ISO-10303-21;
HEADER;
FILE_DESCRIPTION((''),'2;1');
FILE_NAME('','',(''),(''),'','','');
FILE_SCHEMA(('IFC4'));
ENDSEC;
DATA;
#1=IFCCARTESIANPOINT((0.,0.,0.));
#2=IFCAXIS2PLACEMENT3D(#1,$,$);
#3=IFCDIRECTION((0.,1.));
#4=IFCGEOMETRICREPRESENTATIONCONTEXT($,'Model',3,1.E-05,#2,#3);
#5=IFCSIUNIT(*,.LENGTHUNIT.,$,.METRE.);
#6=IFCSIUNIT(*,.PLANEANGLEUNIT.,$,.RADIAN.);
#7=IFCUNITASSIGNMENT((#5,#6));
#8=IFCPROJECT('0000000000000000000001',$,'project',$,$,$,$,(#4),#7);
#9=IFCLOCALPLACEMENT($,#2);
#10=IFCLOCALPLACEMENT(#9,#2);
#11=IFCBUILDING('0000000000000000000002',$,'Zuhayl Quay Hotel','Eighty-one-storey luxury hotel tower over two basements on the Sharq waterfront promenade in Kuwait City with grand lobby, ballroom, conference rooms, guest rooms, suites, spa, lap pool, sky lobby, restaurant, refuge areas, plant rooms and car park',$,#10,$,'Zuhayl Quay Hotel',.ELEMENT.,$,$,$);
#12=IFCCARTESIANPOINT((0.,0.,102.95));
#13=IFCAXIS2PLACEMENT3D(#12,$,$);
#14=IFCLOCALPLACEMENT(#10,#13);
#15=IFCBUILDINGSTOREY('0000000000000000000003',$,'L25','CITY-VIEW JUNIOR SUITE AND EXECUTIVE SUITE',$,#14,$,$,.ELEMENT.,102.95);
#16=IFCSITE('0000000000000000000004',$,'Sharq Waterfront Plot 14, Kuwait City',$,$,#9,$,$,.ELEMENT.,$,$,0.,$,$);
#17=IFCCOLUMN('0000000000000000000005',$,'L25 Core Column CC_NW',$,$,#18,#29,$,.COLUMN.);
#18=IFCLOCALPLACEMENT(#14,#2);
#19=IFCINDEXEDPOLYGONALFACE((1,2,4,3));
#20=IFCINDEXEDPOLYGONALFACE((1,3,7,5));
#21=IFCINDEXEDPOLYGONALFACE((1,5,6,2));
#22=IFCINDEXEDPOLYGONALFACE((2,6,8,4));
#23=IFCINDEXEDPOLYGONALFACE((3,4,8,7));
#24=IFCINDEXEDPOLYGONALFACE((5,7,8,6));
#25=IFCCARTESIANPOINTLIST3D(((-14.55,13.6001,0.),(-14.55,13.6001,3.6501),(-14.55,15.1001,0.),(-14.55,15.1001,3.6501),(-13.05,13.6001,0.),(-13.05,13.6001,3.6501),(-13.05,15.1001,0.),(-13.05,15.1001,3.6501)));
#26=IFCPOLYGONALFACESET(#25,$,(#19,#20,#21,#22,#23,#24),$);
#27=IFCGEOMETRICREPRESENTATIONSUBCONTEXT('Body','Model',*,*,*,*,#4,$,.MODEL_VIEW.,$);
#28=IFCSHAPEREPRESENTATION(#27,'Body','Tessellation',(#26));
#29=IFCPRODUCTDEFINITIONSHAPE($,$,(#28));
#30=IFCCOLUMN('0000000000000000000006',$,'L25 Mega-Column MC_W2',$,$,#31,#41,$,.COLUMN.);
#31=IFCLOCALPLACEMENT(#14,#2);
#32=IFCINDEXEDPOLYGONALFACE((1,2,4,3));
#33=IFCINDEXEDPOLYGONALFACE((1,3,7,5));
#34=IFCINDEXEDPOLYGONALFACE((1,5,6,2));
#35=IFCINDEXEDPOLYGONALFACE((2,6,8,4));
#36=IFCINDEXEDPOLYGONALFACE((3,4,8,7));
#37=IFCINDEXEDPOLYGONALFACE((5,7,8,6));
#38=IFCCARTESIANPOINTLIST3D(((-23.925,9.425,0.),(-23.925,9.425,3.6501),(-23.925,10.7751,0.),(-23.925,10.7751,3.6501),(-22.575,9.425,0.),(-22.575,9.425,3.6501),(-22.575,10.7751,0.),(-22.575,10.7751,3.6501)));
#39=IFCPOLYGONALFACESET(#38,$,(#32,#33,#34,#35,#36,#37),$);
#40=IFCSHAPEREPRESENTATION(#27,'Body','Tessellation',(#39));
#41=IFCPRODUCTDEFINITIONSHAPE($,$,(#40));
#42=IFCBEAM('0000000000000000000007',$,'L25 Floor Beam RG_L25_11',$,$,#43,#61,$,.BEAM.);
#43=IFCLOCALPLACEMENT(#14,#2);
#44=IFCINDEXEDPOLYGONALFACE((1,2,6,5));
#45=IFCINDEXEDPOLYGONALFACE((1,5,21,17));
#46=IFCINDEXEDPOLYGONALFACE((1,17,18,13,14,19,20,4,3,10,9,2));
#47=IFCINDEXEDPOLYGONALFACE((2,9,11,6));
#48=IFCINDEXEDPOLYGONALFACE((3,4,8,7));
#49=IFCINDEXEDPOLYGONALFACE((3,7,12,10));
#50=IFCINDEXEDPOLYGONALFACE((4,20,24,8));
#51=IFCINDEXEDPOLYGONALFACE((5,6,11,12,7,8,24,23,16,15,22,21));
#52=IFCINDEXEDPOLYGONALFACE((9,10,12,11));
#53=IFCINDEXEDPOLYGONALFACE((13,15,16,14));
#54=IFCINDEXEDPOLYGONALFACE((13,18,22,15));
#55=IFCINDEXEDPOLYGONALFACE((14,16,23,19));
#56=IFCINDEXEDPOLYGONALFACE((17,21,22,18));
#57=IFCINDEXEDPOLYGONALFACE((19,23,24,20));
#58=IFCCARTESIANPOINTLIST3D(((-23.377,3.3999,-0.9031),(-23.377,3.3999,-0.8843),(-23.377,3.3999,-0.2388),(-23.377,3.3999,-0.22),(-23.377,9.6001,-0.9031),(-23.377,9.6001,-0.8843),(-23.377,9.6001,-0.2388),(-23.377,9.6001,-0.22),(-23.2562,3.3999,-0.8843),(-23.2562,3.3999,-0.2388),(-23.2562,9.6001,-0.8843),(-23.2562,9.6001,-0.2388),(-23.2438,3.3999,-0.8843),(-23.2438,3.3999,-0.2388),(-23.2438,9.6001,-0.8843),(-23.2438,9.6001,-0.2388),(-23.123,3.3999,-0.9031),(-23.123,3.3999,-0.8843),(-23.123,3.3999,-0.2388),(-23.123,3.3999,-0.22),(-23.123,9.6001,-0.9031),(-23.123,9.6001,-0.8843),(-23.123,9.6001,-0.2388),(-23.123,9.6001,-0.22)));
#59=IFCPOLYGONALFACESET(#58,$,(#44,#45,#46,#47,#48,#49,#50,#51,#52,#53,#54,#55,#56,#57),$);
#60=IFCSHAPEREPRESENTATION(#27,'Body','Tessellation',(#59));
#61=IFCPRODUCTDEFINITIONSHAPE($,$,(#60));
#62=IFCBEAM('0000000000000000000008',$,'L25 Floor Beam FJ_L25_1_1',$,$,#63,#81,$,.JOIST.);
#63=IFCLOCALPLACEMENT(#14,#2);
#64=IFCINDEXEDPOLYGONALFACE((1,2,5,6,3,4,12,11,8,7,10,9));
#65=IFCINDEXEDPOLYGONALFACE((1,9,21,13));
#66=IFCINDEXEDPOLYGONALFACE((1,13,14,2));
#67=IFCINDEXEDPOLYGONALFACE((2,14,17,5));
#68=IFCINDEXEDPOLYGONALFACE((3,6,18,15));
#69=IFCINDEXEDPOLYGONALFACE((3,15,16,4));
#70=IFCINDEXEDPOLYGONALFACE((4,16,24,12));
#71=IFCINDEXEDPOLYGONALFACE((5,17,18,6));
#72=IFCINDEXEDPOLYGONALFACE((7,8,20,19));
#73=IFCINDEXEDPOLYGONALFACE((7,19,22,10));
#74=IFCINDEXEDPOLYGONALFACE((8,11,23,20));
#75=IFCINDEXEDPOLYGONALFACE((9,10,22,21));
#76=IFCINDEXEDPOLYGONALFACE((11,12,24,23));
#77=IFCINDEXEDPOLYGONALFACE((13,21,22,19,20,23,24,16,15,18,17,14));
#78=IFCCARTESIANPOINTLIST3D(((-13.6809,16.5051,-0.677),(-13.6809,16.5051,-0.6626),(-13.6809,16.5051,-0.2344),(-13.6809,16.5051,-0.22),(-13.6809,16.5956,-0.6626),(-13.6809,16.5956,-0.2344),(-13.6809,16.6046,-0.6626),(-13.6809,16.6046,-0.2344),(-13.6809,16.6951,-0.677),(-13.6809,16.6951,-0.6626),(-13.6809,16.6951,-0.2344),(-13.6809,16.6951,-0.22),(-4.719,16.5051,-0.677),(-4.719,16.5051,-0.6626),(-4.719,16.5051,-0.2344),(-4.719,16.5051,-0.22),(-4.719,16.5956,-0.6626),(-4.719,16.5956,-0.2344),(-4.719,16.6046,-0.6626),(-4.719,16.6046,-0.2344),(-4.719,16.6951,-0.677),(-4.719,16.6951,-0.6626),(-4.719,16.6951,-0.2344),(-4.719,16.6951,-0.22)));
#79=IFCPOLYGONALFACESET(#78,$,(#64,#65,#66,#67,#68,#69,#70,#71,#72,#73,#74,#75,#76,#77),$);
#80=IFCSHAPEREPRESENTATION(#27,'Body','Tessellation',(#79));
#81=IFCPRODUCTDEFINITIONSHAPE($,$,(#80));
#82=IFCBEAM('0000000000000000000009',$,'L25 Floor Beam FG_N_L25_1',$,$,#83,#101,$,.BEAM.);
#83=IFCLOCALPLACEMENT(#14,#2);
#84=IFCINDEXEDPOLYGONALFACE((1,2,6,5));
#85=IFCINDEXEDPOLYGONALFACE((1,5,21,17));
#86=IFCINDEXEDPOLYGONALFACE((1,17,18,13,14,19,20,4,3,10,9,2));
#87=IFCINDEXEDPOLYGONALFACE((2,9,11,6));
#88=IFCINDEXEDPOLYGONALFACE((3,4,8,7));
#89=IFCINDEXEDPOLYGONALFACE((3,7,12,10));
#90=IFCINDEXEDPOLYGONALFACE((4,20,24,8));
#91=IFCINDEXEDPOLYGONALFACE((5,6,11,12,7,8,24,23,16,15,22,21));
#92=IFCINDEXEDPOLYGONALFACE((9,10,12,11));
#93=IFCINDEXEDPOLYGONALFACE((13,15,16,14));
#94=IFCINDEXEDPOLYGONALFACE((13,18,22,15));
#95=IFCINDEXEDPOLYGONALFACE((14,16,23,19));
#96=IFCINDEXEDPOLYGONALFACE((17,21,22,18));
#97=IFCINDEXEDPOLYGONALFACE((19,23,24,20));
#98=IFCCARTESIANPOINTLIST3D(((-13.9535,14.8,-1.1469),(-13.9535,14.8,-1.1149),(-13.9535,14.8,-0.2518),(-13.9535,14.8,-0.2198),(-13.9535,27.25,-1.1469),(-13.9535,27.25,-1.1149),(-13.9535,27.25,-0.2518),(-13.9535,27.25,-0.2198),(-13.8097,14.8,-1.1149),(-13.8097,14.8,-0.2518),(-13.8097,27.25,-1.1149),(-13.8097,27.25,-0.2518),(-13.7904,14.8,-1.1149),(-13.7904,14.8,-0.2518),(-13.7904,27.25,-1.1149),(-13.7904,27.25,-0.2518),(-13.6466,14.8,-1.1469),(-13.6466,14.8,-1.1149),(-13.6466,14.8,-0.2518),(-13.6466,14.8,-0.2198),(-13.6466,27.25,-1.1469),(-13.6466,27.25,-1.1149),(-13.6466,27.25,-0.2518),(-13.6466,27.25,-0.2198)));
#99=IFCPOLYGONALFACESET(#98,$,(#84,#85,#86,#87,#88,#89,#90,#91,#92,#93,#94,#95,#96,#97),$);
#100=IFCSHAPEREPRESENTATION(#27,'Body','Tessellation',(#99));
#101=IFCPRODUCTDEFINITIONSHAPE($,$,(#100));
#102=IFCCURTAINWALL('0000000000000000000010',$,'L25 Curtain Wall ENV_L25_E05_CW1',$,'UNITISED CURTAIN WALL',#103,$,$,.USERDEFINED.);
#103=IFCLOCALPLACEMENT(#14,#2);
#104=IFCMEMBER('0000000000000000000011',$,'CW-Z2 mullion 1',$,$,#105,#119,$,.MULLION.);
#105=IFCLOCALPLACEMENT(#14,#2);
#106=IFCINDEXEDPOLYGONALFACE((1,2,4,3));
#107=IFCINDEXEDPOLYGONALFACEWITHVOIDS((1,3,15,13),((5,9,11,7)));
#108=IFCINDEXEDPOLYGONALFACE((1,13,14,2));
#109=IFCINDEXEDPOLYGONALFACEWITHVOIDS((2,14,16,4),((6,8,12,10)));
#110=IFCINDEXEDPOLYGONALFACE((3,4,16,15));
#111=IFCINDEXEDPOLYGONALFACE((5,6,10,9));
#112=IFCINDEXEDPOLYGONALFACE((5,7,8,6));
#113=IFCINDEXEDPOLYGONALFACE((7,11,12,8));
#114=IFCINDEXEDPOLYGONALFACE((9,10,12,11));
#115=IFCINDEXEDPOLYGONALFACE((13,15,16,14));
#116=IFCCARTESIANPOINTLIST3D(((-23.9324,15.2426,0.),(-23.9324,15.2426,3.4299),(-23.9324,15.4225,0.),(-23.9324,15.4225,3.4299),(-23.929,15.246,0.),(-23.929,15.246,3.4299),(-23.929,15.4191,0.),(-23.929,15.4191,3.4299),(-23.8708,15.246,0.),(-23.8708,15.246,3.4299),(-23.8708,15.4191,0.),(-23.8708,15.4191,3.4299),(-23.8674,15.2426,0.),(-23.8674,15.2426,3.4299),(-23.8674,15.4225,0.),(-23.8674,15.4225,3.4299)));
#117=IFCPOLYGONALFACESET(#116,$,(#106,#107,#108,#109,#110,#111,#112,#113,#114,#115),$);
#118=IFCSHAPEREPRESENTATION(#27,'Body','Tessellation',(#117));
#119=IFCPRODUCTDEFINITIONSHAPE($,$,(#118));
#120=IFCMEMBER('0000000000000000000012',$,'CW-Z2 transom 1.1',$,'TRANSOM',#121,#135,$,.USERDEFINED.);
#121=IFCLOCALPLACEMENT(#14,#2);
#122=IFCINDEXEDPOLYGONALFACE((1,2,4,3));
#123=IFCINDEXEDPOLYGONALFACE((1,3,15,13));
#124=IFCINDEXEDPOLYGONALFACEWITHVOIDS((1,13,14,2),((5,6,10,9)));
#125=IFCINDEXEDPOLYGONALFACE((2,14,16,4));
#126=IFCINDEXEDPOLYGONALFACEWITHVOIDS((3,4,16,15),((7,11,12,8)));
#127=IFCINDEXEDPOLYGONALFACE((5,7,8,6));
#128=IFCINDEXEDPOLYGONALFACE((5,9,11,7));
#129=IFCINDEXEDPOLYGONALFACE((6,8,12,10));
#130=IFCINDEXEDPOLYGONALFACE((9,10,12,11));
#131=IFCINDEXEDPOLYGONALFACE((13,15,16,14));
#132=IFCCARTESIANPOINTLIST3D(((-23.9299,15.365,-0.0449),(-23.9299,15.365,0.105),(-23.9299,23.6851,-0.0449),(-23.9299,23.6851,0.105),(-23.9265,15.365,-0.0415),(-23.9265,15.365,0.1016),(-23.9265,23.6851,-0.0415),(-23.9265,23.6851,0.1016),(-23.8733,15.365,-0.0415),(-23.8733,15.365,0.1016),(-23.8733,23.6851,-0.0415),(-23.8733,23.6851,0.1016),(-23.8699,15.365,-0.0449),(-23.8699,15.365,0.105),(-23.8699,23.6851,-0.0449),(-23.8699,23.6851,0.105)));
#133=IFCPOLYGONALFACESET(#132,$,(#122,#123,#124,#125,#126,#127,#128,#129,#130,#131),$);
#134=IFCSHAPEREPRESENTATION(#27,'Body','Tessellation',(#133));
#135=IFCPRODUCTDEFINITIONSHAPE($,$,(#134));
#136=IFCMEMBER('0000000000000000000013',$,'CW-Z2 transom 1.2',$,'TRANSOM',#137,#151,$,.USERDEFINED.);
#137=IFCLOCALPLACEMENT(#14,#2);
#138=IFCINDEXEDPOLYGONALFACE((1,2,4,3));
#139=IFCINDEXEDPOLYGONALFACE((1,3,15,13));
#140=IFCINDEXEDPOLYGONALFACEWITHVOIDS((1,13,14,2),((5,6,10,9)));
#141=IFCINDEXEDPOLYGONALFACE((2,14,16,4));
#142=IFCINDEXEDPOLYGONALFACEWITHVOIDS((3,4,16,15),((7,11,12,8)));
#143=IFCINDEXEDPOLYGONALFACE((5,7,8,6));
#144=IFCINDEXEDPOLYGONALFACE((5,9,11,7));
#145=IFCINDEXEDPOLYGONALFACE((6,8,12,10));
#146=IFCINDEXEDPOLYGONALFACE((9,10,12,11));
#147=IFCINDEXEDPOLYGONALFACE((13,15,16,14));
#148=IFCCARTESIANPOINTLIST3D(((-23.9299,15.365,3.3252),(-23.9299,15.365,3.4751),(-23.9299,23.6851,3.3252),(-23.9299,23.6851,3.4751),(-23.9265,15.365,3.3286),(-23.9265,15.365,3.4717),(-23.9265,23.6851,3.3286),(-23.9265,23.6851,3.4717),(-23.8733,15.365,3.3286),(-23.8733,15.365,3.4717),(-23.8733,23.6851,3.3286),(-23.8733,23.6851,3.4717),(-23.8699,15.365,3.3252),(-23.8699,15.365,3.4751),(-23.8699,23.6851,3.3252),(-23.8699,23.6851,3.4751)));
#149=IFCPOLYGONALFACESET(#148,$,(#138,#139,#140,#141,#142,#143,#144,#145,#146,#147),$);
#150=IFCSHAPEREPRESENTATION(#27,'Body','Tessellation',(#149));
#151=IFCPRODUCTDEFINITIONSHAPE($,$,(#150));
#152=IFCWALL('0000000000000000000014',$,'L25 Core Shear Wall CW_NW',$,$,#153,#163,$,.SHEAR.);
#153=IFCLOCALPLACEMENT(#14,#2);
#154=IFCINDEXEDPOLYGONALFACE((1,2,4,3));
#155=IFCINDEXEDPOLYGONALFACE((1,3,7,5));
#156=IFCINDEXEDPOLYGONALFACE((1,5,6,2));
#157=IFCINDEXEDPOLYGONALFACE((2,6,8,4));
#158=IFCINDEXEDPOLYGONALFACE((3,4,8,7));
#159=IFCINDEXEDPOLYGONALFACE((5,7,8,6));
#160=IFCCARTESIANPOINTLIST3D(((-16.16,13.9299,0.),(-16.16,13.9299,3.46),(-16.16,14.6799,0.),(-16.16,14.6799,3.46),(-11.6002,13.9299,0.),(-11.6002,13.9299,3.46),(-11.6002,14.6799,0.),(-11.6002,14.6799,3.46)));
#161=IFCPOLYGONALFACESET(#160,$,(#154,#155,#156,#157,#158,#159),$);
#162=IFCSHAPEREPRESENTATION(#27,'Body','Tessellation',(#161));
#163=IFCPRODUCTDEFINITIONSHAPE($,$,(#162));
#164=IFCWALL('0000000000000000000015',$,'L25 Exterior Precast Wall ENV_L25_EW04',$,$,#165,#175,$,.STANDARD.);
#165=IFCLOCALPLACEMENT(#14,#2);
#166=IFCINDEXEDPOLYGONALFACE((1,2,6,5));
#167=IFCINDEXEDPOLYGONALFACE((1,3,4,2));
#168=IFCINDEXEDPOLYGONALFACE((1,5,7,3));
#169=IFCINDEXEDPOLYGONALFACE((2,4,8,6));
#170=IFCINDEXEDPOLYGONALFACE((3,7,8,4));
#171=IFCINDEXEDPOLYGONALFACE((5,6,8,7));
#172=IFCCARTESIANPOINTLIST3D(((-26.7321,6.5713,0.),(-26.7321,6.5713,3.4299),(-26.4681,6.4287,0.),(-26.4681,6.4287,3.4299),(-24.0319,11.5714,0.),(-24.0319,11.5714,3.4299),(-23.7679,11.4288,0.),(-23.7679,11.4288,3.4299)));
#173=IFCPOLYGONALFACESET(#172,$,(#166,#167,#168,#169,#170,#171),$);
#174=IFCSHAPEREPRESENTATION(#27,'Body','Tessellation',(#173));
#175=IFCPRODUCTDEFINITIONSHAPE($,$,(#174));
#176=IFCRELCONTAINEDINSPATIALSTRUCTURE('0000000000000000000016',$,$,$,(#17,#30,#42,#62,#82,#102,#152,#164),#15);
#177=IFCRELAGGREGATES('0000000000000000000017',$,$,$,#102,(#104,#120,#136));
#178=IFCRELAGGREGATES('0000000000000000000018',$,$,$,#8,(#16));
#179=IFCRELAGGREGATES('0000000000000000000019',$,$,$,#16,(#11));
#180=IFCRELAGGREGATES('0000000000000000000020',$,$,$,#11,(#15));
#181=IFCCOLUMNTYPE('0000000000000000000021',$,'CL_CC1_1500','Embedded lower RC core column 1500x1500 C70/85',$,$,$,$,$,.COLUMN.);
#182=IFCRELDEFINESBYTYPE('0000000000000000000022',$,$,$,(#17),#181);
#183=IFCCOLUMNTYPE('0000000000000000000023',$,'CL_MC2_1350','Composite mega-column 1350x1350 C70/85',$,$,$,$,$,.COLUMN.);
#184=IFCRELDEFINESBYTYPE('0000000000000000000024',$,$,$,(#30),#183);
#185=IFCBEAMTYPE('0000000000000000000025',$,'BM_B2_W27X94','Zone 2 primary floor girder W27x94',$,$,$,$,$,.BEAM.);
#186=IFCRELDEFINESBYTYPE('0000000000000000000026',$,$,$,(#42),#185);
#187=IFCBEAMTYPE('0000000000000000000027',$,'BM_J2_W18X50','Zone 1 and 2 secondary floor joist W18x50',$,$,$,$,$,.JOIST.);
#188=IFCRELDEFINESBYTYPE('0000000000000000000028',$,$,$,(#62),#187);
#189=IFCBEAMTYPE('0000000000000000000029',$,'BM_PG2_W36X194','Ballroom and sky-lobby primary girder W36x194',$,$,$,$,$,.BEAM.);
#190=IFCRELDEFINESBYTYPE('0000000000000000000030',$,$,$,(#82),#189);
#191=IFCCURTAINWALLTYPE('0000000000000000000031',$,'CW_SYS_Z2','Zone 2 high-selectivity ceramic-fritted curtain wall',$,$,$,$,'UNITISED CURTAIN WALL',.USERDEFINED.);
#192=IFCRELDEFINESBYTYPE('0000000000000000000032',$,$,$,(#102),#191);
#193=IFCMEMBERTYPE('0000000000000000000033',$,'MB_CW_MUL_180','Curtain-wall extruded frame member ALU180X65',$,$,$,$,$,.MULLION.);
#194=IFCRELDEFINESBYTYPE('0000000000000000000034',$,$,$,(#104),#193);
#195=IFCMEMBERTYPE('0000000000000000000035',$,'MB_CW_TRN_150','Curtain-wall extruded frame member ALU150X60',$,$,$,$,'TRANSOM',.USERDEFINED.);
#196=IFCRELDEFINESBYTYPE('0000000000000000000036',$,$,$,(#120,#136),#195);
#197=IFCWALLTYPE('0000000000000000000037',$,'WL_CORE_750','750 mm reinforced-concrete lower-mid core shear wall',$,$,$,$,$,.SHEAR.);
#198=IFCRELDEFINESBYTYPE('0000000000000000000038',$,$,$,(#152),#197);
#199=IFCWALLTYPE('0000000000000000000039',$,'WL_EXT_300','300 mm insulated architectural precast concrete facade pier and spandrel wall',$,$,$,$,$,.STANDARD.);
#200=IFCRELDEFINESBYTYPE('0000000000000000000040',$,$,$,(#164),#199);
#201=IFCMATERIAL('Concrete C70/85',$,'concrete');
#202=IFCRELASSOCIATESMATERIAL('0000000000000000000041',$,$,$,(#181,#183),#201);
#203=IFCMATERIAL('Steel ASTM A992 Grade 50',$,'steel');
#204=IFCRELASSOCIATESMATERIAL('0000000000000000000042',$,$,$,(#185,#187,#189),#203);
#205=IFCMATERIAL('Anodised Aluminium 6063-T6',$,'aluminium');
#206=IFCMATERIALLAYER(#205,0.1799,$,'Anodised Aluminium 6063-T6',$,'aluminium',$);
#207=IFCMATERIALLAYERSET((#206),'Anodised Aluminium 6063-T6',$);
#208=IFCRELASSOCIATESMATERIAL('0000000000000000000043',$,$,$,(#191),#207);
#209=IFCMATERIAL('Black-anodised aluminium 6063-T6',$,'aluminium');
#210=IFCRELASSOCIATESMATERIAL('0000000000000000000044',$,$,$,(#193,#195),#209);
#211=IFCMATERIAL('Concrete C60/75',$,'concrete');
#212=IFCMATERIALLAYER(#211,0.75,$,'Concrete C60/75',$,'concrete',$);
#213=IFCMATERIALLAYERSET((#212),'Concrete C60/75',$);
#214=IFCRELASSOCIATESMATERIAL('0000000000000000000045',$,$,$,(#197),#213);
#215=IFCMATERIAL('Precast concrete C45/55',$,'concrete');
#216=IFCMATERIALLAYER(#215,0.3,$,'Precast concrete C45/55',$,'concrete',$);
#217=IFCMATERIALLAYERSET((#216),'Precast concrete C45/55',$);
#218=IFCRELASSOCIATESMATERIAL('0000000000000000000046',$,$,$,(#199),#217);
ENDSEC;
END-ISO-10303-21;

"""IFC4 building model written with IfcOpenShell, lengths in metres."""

from ifc_helpers import new_model, si_unit, direction, frame, frame_2d, origin, origin_2d, place, context, subcontext, project, spatial, rectangle, hollow_rectangle, i_section, extrude, material, layer, layer_set, material_profile, profile_set, type_object, element, aggregate, save


model = new_model("IFC4")

# Units and contexts
model_context = context("Model", 3, precision=1e-05, world=origin(), true_north=direction((0.0, 1.0)))
body_context = subcontext(model_context, "Body", "Model", "MODEL_VIEW")
ifc_project = project(units=[si_unit("LENGTHUNIT", "METRE"), si_unit("PLANEANGLEUNIT", "RADIAN")], contexts=[model_context])

# Site, building, storey
site_placement = place(None, origin())
site = spatial("IfcSite", under=ifc_project, at=site_placement, Name="Sharq Waterfront Plot 14, Kuwait City", CompositionType="ELEMENT", RefElevation=0.0)
building_placement = place(site_placement, origin())
building = spatial("IfcBuilding", under=site, at=building_placement, Name="Zuhayl Quay Hotel", Description="Eighty-one-storey luxury hotel tower over two basements on the Sharq waterfront promenade in Kuwait City with grand lobby, ballroom, conference rooms, guest rooms, suites, spa, lap pool, sky lobby, restaurant, refuge areas, plant rooms and car park", LongName="Zuhayl Quay Hotel", CompositionType="ELEMENT")
storey_placement = place(building_placement, frame((0.0, 0.0, 102.95)))
storey = spatial("IfcBuildingStorey", under=building, at=storey_placement, Name="L25", Description="CITY-VIEW JUNIOR SUITE AND EXECUTIVE SUITE", CompositionType="ELEMENT", Elevation=102.95)

# Columns
ifc_material_1 = material(Name="Concrete C70/85", Category="concrete")
ifc_material_profile_1 = material_profile(ifc_material_1, rectangle(XDim=1.5, YDim=1.5, at=origin_2d()), Name="RC1500X1500")
ifc_profile_set_1 = profile_set([ifc_material_profile_1], Name="Concrete C70/85")
column_type_1 = type_object("IfcColumnType", Name="CL_CC1_1500", Description="Embedded lower RC core column 1500x1500 C70/85", PredefinedType="COLUMN", material=ifc_profile_set_1)
column_1_placement = place(storey_placement, frame((-13.8, 14.3501, 0.0), z_axis=(0.0, 0.0, 1.0), x_axis=(1.0, 0.0, 0.0)))
element("IfcColumn", 1, at=column_1_placement, inside=storey, type_object=column_type_1, Name="L25 Core Column CC_NW", PredefinedType="COLUMN", context=body_context, shape_type="SweptSolid", body=[
    extrude(rectangle(XDim=1.5, YDim=1.5, at=origin_2d()), origin(), (0.0, 0.0, 1.0), 3.6501),
])
ifc_material_profile_2 = material_profile(ifc_material_1, rectangle(XDim=1.3501, YDim=1.3501, at=origin_2d()), Name="RC1350X1350")
ifc_profile_set_2 = profile_set([ifc_material_profile_2], Name="Concrete C70/85")
column_type_2 = type_object("IfcColumnType", Name="CL_MC2_1350", Description="Composite mega-column 1350x1350 C70/85", PredefinedType="COLUMN", material=ifc_profile_set_2)
column_2_placement = place(storey_placement, frame((-23.25, 10.1001, 0.0), z_axis=(0.0, 0.0, 1.0), x_axis=(1.0, 0.0, 0.0)))
element("IfcColumn", 2, at=column_2_placement, inside=storey, type_object=column_type_2, Name="L25 Mega-Column MC_W2", PredefinedType="COLUMN", context=body_context, shape_type="SweptSolid", body=[
    extrude(rectangle(XDim=1.3501, YDim=1.3501, at=origin_2d()), origin(), (0.0, 0.0, 1.0), 3.6501),
])

# Beams
ifc_material_2 = material(Name="Steel ASTM A992 Grade 50", Category="steel")
ifc_material_profile_3 = material_profile(ifc_material_2, i_section(OverallWidth=0.2539, OverallDepth=0.6831, WebThickness=0.0125, FlangeThickness=0.0188, at=origin_2d()), Name="W27X94")
ifc_profile_set_3 = profile_set([ifc_material_profile_3], Name="Steel ASTM A992 Grade 50")
beam_type_1 = type_object("IfcBeamType", Name="BM_B2_W27X94", Description="Zone 2 primary floor girder W27x94", PredefinedType="BEAM", material=ifc_profile_set_3)
beam_1_placement = place(storey_placement, frame((-23.25, 9.6001, -0.5615), z_axis=(0.0, -1.0, 0.0), x_axis=(1.0, 0.0, 0.0)))
element("IfcBeam", 3, at=beam_1_placement, inside=storey, type_object=beam_type_1, Name="L25 Floor Beam RG_L25_11", PredefinedType="BEAM", context=body_context, shape_type="SweptSolid", body=[
    extrude(i_section(OverallWidth=0.2539, OverallDepth=0.6831, WebThickness=0.0125, FlangeThickness=0.0188, at=origin_2d()), origin(), (0.0, 0.0, 1.0), 6.2002),
])
ifc_material_profile_4 = material_profile(ifc_material_2, i_section(OverallWidth=0.1899, OverallDepth=0.457, WebThickness=0.009, FlangeThickness=0.0144, at=origin_2d()), Name="W18X50")
ifc_profile_set_4 = profile_set([ifc_material_profile_4], Name="Steel ASTM A992 Grade 50")
beam_type_2 = type_object("IfcBeamType", Name="BM_J2_W18X50", Description="Zone 1 and 2 secondary floor joist W18x50", PredefinedType="JOIST", material=ifc_profile_set_4)
beam_2_placement = place(storey_placement, frame((-13.6809, 16.6001, -0.4485), z_axis=(1.0, 0.0, 0.0), x_axis=(0.0, 1.0, 0.0)))
element("IfcBeam", 4, at=beam_2_placement, inside=storey, type_object=beam_type_2, Name="L25 Floor Beam FJ_L25_1_1", PredefinedType="JOIST", context=body_context, shape_type="SweptSolid", body=[
    extrude(i_section(OverallWidth=0.1899, OverallDepth=0.457, WebThickness=0.009, FlangeThickness=0.0144, at=origin_2d()), origin(), (0.0, 0.0, 1.0), 8.9619),
])
ifc_material_profile_5 = material_profile(ifc_material_2, i_section(OverallWidth=0.3069, OverallDepth=0.927, WebThickness=0.0193, FlangeThickness=0.032, at=origin_2d()), Name="W36X194")
ifc_profile_set_5 = profile_set([ifc_material_profile_5], Name="Steel ASTM A992 Grade 50")
beam_type_3 = type_object("IfcBeamType", Name="BM_PG2_W36X194", Description="Ballroom and sky-lobby primary girder W36x194", PredefinedType="BEAM", material=ifc_profile_set_5)
beam_3_placement = place(storey_placement, frame((-13.8, 14.8, -0.6833), z_axis=(0.0, 1.0, 0.0), x_axis=(-1.0, 0.0, 0.0)))
element("IfcBeam", 5, at=beam_3_placement, inside=storey, type_object=beam_type_3, Name="L25 Floor Beam FG_N_L25_1", PredefinedType="BEAM", context=body_context, shape_type="SweptSolid", body=[
    extrude(i_section(OverallWidth=0.3069, OverallDepth=0.927, WebThickness=0.0193, FlangeThickness=0.032, at=origin_2d()), origin(), (0.0, 0.0, 1.0), 12.45),
])

# Curtain wall, members
ifc_material_3 = material(Name="Anodised Aluminium 6063-T6", Category="aluminium")
ifc_layer_1 = layer(ifc_material_3, 0.1799, Name="Anodised Aluminium 6063-T6", Category="aluminium")
ifc_layer_set_1 = layer_set([ifc_layer_1], Name="Anodised Aluminium 6063-T6")
curtain_wall_type = type_object("IfcCurtainWallType", Name="CW_SYS_Z2", Description="Zone 2 high-selectivity ceramic-fritted curtain wall", ElementType="UNITISED CURTAIN WALL", PredefinedType="USERDEFINED", material=ifc_layer_set_1)
curtain_wall_placement = place(storey_placement, origin())
curtain_wall = element("IfcCurtainWall", 6, at=curtain_wall_placement, inside=storey, type_object=curtain_wall_type, Name="L25 Curtain Wall ENV_L25_E05_CW1", ObjectType="UNITISED CURTAIN WALL", PredefinedType="USERDEFINED")
ifc_material_4 = material(Name="Black-anodised aluminium 6063-T6", Category="aluminium")
ifc_material_profile_6 = material_profile(ifc_material_4, hollow_rectangle(XDim=0.0649, YDim=0.1799, WallThickness=0.0034, at=origin_2d()), Name="ALU180X65")
ifc_profile_set_6 = profile_set([ifc_material_profile_6], Name="Black-anodised aluminium 6063-T6")
member_type_1 = type_object("IfcMemberType", Name="MB_CW_MUL_180", Description="Curtain-wall extruded frame member ALU180X65", PredefinedType="MULLION", material=ifc_profile_set_6)
member_1_placement = place(storey_placement, frame((-23.8999, 15.3325, 0.0), z_axis=(0.0, 0.0, 1.0), x_axis=(-1.0, 0.0, 0.0)))
member_1 = element("IfcMember", 7, at=member_1_placement, type_object=member_type_1, Name="CW-Z2 mullion 1", PredefinedType="MULLION", context=body_context, shape_type="SweptSolid", body=[
    extrude(hollow_rectangle(XDim=0.0649, YDim=0.1799, WallThickness=0.0034, at=origin_2d()), origin(), (0.0, 0.0, 1.0), 3.4299),
])
ifc_material_profile_7 = material_profile(ifc_material_4, hollow_rectangle(XDim=0.0601, YDim=0.1499, WallThickness=0.0034, at=origin_2d()), Name="ALU150X60")
ifc_profile_set_7 = profile_set([ifc_material_profile_7], Name="Black-anodised aluminium 6063-T6")
member_type_2 = type_object("IfcMemberType", Name="MB_CW_TRN_150", Description="Curtain-wall extruded frame member ALU150X60", ElementType="TRANSOM", PredefinedType="USERDEFINED", material=ifc_profile_set_7)
member_2_placement = place(storey_placement, frame((-23.8999, 15.365, 0.03), z_axis=(0.0, 1.0, 0.0), x_axis=(-1.0, 0.0, 0.0)))
member_2 = element("IfcMember", 8, at=member_2_placement, type_object=member_type_2, Name="CW-Z2 transom 1.1", ObjectType="TRANSOM", PredefinedType="USERDEFINED", context=body_context, shape_type="SweptSolid", body=[
    extrude(hollow_rectangle(XDim=0.0601, YDim=0.1499, WallThickness=0.0034, at=origin_2d()), origin(), (0.0, 0.0, 1.0), 8.3201),
])
member_3_placement = place(storey_placement, frame((-23.8999, 15.365, 3.4001), z_axis=(0.0, 1.0, 0.0), x_axis=(-1.0, 0.0, 0.0)))
member_3 = element("IfcMember", 9, at=member_3_placement, type_object=member_type_2, Name="CW-Z2 transom 1.2", ObjectType="TRANSOM", PredefinedType="USERDEFINED", context=body_context, shape_type="SweptSolid", body=[
    extrude(hollow_rectangle(XDim=0.0601, YDim=0.1499, WallThickness=0.0034, at=origin_2d()), origin(), (0.0, 0.0, 1.0), 8.3201),
])
aggregate(curtain_wall, [member_1, member_2, member_3])

# Walls
ifc_material_5 = material(Name="Concrete C60/75", Category="concrete")
ifc_layer_2 = layer(ifc_material_5, 0.75, Name="Concrete C60/75", Category="concrete")
ifc_layer_set_2 = layer_set([ifc_layer_2], Name="Concrete C60/75")
wall_type_1 = type_object("IfcWallType", Name="WL_CORE_750", Description="750 mm reinforced-concrete lower-mid core shear wall", PredefinedType="SHEAR", material=ifc_layer_set_2)
wall_1_placement = place(storey_placement, frame((-16.1599, 14.3049, 0.0), z_axis=(0.0, 0.0, 1.0), x_axis=(1.0, 0.0, 0.0)))
element("IfcWall", 10, at=wall_1_placement, inside=storey, type_object=wall_type_1, Name="L25 Core Shear Wall CW_NW", PredefinedType="SHEAR", context=body_context, shape_type="SweptSolid", body=[
    extrude(rectangle(XDim=4.5598, YDim=0.75, at=frame_2d((2.2798, 0.0))), origin(), (0.0, 0.0, 1.0), 3.46),
])
ifc_material_6 = material(Name="Precast concrete C45/55", Category="concrete")
ifc_layer_3 = layer(ifc_material_6, 0.3, Name="Precast concrete C45/55", Category="concrete")
ifc_layer_set_3 = layer_set([ifc_layer_3], Name="Precast concrete C45/55")
wall_type_2 = type_object("IfcWallType", Name="WL_EXT_300", Description="300 mm insulated architectural precast concrete facade pier and spandrel wall", PredefinedType="STANDARD", material=ifc_layer_set_3)
wall_2_placement = place(storey_placement, frame((-26.6001, 6.5, 0.0), z_axis=(0.0, 0.0, 1.0), x_axis=(0.475176, 0.879891, 0.0)))
element("IfcWall", 11, at=wall_2_placement, inside=storey, type_object=wall_type_2, Name="L25 Exterior Precast Wall ENV_L25_EW04", PredefinedType="STANDARD", context=body_context, shape_type="SweptSolid", body=[
    extrude(rectangle(XDim=5.6826, YDim=0.3, at=frame_2d((2.8413, 0.0))), origin(), (0.0, 0.0, 1.0), 3.4299),
])

save(model, "model.ifc")
